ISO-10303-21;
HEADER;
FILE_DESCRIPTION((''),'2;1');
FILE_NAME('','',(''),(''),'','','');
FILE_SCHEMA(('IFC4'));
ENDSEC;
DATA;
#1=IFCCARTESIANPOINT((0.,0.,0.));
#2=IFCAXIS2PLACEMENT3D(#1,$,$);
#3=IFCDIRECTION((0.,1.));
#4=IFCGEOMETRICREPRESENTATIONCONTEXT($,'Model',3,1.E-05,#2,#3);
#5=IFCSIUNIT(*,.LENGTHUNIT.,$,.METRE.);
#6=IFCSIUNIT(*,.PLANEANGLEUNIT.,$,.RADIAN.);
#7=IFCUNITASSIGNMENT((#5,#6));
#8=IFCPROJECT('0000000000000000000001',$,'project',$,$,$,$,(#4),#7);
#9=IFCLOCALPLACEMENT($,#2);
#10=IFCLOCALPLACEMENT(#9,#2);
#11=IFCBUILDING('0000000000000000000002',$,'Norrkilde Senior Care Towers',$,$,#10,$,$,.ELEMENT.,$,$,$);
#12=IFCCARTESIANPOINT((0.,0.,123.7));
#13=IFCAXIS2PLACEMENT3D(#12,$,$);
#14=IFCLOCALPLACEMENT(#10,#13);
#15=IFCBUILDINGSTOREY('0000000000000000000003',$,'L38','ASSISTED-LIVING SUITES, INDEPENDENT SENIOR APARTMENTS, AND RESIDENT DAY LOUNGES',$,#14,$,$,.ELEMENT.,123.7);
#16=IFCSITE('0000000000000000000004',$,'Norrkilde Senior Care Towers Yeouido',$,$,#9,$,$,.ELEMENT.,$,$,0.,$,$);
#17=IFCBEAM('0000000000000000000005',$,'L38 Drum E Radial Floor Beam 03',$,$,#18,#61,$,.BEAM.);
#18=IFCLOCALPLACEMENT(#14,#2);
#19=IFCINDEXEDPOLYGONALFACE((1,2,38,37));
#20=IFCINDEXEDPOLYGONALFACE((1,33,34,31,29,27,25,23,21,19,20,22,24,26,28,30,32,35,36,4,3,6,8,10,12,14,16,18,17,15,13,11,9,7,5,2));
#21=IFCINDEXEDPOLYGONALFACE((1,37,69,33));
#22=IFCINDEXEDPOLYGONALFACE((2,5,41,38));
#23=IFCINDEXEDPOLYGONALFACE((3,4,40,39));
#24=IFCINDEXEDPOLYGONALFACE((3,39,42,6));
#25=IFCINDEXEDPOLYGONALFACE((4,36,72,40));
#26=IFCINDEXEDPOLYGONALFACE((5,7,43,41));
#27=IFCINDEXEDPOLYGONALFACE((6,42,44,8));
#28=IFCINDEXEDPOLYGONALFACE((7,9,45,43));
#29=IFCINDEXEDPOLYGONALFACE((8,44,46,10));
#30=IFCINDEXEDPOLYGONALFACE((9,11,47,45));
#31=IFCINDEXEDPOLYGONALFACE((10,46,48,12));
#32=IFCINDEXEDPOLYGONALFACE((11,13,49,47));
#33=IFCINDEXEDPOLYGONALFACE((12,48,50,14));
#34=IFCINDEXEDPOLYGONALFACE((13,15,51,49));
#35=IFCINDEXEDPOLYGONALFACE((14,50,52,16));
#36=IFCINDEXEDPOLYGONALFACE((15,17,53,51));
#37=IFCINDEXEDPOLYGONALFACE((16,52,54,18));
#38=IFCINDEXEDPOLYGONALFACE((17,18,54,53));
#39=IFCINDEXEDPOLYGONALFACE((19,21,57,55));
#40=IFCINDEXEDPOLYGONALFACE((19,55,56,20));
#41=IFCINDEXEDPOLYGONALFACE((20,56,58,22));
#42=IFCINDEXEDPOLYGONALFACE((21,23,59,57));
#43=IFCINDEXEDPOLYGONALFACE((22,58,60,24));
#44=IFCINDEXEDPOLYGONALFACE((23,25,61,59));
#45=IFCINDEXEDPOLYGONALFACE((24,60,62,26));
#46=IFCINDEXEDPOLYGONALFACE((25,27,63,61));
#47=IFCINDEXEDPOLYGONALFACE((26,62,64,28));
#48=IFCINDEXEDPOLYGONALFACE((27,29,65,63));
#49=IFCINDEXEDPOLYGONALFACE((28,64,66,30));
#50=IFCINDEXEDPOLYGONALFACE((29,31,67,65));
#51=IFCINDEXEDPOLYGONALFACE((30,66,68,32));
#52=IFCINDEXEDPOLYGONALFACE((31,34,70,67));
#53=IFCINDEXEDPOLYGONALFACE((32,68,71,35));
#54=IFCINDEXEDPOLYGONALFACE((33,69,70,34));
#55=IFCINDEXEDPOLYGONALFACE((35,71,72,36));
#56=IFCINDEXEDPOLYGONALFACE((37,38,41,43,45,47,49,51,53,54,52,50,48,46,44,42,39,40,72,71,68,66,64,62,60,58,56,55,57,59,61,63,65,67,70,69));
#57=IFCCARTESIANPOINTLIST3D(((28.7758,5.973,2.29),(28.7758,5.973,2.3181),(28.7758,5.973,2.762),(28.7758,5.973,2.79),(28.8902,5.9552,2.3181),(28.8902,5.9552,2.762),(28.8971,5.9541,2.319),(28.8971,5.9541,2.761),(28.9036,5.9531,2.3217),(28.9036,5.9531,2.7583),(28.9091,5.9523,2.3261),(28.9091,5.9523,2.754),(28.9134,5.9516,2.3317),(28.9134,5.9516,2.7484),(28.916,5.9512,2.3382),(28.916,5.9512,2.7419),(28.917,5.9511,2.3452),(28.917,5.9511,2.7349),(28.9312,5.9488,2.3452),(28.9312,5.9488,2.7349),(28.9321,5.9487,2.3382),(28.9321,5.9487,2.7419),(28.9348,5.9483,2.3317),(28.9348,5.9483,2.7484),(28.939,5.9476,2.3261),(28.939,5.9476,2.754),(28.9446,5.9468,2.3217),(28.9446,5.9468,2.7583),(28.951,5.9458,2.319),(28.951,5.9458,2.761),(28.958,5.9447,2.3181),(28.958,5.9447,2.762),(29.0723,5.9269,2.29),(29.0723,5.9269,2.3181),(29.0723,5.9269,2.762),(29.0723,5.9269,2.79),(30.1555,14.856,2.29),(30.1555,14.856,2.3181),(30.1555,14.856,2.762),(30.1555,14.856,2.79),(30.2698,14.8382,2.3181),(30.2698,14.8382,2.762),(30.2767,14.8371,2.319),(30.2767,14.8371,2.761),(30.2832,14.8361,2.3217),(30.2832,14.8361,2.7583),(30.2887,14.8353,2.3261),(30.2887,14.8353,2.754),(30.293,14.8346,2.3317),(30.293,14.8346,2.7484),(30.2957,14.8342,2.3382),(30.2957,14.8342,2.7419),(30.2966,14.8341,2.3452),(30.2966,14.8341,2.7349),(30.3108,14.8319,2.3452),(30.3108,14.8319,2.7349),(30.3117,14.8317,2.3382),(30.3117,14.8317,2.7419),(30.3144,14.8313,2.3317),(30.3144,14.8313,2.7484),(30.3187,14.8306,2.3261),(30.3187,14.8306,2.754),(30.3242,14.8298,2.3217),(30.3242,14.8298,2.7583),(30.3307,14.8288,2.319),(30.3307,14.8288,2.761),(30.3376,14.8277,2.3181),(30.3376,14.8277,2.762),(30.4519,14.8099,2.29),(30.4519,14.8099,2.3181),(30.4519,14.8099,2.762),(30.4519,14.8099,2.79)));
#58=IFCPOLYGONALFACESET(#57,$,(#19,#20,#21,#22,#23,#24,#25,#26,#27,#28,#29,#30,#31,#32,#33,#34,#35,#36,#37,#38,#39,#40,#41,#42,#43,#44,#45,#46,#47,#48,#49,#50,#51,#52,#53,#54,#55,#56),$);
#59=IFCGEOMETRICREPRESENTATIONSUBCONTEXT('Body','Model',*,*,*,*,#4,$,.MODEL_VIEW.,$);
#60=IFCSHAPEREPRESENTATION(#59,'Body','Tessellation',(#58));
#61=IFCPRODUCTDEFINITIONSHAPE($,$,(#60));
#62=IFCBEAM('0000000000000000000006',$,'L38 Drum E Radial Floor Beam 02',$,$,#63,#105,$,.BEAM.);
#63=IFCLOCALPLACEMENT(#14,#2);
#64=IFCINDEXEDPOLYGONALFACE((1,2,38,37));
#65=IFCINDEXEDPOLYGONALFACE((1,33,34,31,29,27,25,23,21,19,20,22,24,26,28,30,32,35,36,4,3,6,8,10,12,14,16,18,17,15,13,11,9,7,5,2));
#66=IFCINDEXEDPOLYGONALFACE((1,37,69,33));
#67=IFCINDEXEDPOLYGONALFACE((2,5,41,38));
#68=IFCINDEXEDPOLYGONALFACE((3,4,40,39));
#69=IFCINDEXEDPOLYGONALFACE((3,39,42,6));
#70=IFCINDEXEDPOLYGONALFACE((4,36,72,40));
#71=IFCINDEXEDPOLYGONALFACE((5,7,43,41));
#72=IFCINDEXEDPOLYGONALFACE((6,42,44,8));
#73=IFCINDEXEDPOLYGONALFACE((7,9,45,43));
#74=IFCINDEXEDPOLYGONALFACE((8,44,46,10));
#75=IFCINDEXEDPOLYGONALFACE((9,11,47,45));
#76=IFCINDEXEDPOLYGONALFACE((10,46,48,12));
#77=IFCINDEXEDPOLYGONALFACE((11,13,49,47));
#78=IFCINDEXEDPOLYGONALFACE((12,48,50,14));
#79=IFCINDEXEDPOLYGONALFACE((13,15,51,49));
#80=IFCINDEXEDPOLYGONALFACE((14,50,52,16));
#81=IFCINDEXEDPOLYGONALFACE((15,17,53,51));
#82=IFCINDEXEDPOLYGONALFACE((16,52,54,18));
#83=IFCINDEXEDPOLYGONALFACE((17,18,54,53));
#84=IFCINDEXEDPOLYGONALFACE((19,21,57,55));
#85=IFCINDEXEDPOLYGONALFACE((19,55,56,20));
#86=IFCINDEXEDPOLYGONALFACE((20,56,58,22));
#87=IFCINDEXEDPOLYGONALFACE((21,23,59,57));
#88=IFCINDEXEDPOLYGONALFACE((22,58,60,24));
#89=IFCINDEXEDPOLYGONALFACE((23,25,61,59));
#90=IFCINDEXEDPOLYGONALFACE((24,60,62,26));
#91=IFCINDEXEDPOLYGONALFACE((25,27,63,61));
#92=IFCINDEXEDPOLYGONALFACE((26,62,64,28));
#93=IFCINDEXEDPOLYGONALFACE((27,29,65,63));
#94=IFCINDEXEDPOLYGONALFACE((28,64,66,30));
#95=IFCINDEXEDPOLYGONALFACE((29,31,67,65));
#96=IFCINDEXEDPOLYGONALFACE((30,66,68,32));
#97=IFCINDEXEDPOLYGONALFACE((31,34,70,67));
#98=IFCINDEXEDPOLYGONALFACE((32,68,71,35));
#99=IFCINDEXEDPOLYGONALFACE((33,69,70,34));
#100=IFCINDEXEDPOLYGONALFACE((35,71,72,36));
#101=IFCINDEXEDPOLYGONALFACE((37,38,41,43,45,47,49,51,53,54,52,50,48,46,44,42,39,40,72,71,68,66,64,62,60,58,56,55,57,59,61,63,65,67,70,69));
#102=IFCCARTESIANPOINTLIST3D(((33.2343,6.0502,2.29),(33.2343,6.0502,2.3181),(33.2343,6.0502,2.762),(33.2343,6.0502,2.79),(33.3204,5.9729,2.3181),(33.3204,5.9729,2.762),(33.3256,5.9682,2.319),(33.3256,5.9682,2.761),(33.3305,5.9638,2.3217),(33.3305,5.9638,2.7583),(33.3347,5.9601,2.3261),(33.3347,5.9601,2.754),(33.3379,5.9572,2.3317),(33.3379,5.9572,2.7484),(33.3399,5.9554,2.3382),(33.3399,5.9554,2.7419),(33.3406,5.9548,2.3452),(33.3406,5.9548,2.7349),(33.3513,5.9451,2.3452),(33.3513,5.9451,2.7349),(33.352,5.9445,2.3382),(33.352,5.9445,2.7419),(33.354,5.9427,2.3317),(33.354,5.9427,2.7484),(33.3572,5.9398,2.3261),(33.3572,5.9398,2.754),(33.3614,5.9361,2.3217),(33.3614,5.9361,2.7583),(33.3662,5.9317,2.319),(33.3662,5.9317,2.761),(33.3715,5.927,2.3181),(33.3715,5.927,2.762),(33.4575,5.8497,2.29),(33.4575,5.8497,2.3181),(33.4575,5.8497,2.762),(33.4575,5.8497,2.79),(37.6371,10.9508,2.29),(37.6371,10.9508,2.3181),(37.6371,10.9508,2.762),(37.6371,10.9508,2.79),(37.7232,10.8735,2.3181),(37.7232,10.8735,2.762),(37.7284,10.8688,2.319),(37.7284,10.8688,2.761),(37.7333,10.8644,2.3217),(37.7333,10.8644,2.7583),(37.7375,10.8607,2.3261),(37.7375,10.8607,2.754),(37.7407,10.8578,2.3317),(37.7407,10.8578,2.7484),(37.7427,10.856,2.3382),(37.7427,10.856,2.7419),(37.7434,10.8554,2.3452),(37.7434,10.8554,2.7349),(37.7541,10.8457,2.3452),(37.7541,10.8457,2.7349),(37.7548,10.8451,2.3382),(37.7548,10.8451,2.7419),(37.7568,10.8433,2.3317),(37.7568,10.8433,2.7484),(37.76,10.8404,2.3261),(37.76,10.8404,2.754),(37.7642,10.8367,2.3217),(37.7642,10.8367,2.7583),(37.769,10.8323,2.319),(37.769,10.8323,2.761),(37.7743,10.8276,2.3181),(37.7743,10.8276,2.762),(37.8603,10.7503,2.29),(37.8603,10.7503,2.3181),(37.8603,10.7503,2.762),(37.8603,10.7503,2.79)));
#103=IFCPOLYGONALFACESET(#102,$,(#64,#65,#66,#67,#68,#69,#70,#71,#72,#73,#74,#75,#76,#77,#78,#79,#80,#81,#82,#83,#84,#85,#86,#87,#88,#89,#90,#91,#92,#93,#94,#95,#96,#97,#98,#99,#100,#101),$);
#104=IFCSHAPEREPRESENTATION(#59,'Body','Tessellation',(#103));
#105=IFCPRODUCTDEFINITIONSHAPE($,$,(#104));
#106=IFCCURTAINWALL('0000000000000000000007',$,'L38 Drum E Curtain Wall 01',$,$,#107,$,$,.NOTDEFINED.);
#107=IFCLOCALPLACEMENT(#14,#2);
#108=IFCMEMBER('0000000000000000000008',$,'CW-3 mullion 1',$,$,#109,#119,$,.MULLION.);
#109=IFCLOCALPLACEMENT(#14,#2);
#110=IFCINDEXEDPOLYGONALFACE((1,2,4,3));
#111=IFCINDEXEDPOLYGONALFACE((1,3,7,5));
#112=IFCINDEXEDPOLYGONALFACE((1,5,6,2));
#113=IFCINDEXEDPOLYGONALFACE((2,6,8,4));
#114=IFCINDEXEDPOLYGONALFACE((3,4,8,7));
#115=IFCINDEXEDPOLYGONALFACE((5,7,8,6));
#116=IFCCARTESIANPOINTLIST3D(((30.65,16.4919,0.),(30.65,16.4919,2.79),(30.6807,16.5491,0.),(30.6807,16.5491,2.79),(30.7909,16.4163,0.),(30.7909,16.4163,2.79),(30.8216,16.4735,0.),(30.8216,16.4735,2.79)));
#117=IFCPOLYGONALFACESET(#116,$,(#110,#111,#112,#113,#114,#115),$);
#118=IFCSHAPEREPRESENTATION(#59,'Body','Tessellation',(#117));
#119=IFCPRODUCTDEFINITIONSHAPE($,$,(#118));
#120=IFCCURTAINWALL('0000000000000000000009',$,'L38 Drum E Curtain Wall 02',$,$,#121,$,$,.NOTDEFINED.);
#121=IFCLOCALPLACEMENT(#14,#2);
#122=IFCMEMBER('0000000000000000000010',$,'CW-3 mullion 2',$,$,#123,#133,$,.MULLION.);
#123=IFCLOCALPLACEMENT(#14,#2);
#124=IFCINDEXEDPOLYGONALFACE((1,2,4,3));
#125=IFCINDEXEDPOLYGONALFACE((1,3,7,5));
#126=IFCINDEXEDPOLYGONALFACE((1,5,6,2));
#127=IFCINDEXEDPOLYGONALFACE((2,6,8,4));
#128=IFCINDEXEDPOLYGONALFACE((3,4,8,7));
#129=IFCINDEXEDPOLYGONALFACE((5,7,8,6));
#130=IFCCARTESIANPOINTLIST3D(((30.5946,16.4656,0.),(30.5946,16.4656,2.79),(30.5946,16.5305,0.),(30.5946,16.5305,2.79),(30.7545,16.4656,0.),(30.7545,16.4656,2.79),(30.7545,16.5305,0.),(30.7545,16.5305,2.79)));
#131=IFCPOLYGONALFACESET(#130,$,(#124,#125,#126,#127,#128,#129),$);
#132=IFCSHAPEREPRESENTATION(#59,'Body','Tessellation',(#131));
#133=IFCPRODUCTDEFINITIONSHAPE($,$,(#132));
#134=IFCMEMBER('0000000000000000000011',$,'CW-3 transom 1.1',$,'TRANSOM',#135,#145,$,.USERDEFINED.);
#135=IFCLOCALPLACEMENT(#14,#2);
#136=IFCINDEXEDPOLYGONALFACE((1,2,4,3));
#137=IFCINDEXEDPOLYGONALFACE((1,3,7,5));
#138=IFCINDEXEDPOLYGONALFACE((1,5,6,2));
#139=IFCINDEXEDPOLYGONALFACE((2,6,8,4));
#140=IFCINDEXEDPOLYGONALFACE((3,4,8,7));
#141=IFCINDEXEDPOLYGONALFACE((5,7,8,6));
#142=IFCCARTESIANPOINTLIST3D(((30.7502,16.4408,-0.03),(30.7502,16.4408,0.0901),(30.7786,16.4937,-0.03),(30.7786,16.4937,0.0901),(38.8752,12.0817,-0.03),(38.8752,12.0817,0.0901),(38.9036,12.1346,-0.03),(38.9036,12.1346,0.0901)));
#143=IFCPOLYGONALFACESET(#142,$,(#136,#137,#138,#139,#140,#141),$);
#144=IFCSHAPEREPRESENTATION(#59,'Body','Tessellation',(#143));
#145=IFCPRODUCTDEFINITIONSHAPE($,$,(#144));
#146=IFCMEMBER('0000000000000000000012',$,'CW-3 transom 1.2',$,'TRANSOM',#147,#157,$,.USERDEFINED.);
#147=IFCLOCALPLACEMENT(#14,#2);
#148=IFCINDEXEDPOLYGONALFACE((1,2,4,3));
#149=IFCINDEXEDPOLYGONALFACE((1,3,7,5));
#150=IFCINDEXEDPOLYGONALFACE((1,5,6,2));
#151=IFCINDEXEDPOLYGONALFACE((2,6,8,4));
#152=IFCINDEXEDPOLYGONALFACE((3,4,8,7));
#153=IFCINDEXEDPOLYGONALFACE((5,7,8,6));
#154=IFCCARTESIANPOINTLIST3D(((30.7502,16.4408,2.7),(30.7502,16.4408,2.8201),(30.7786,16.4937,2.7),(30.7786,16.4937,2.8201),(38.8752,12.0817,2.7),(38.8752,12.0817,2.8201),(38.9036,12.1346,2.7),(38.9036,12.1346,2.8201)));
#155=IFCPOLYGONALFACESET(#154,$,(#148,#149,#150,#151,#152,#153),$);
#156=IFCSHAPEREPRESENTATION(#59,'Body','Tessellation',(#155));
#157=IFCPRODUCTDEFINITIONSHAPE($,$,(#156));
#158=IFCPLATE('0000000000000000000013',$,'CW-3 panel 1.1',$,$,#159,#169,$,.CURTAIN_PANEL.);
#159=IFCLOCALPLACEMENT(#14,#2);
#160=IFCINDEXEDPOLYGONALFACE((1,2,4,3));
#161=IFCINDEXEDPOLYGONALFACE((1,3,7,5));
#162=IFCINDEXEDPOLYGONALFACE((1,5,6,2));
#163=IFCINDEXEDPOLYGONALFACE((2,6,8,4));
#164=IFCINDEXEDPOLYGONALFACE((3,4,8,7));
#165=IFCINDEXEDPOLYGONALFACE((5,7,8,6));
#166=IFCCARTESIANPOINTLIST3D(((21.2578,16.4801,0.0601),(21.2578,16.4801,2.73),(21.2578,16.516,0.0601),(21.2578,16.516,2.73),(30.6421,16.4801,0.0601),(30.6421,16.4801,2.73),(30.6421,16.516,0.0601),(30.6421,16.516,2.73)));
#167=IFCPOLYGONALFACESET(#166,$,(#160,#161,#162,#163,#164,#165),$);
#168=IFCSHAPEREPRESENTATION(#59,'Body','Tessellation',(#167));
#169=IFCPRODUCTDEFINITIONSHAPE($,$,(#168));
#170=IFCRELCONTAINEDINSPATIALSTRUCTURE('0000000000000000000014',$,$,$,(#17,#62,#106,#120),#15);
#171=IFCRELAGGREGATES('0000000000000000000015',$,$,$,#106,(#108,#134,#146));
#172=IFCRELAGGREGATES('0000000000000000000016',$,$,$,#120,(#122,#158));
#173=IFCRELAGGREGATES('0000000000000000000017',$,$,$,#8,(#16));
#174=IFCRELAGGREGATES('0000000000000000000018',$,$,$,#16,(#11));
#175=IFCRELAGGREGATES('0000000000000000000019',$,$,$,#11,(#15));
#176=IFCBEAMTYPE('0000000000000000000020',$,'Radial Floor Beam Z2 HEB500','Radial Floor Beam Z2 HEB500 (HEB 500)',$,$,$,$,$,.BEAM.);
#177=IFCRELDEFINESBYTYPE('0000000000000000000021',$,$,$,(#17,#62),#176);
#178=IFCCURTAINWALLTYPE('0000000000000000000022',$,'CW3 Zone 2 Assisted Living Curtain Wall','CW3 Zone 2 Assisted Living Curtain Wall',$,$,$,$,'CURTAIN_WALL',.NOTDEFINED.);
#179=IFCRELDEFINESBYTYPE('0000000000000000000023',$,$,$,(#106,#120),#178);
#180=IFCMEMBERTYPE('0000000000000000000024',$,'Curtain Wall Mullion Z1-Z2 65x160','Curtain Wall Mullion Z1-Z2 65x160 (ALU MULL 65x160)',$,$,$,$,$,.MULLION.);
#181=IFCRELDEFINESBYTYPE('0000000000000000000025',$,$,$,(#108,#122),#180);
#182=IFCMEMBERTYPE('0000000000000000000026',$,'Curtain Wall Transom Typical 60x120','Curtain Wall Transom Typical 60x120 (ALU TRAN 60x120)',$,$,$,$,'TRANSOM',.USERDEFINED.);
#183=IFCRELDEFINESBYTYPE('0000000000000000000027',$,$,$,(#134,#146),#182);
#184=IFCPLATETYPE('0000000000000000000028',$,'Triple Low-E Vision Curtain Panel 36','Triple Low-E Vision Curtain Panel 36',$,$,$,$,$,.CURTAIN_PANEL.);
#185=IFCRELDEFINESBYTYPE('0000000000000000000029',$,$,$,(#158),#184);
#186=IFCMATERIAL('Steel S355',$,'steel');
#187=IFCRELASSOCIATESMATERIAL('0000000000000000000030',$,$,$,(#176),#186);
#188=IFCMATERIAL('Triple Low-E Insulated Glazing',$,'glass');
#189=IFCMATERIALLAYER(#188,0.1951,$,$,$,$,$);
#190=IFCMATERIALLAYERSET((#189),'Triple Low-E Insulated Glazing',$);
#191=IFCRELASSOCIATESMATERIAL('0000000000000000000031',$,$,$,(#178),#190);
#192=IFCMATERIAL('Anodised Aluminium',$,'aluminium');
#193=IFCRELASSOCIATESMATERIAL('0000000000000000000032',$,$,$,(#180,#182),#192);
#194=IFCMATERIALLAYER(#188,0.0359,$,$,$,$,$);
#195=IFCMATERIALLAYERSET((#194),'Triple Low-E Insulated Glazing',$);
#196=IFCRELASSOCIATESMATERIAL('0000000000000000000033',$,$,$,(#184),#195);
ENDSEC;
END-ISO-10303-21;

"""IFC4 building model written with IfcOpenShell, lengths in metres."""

from ifc_helpers import new_model, si_unit, direction, frame, origin, origin_2d, place, context, subcontext, project, spatial, rectangle, i_section, extrude, source, transform, mapped, material, layer, layer_set, material_profile, profile_set, type_object, type_shapes, element, aggregate, save


model = new_model("IFC4")

# Units and contexts
model_context = context("Model", 3, precision=1e-05, world=origin(), true_north=direction((0.0, 1.0)))
body_context = subcontext(model_context, "Body", "Model", "MODEL_VIEW")
ifc_project = project(units=[si_unit("LENGTHUNIT", "METRE"), si_unit("PLANEANGLEUNIT", "RADIAN")], contexts=[model_context])

# Site, building, storey
site_placement = place(None, origin())
site = spatial("IfcSite", under=ifc_project, at=site_placement, Name="Norrkilde Senior Care Towers Yeouido", CompositionType="ELEMENT", RefElevation=0.0)
building_placement = place(site_placement, origin())
building = spatial("IfcBuilding", under=site, at=building_placement, Name="Norrkilde Senior Care Towers", CompositionType="ELEMENT")
storey_placement = place(building_placement, frame((0.0, 0.0, 123.7)))
storey = spatial("IfcBuildingStorey", under=building, at=storey_placement, Name="L38", Description="ASSISTED-LIVING SUITES, INDEPENDENT SENIOR APARTMENTS, AND RESIDENT DAY LOUNGES", CompositionType="ELEMENT", Elevation=123.7)

# Beams
ifc_material_1 = material(Name="Steel S355", Category="steel")
ifc_material_profile_1 = material_profile(ifc_material_1, i_section(OverallWidth=0.3, OverallDepth=0.5, WebThickness=0.0144, FlangeThickness=0.0281, FilletRadius=0.0271, at=origin_2d()), Name="HEB 500")
ifc_profile_set_1 = profile_set([ifc_material_profile_1], Name="Steel S355")
beam_type_1 = type_object("IfcBeamType", Name="Radial Floor Beam Z2 HEB500", Description="Radial Floor Beam Z2 HEB500 (HEB 500)", PredefinedType="BEAM", material=ifc_profile_set_1)
shared_shape_1 = source(origin(), body_context, "Body", "SweptSolid", [
    extrude(i_section(OverallWidth=0.3, OverallDepth=0.5, WebThickness=0.0144, FlangeThickness=0.0281, FilletRadius=0.0271, at=origin_2d()), origin(), (0.0, 0.0, 1.0), 8.9895),
])
beam_1_placement = place(storey_placement, frame((28.9241, 5.95, 2.54), z_axis=(0.153471, 0.988153, 0.0), x_axis=(-0.988153, 0.153471, 0.0)))
element("IfcBeam", 1, at=beam_1_placement, inside=storey, type_object=beam_type_1, Name="L38 Drum E Radial Floor Beam 03", PredefinedType="BEAM", context=body_context, shape_type="MappedRepresentation", body=[
    mapped(shared_shape_1, transform((0.0, 0.0, 0.0), x_axis=(1.0, 0.0, 0.0), y_axis=(0.0, 1.0, 0.0), z_axis=(0.0, 0.0, 1.0), scale=1.0)),
])
shared_shape_2 = source(origin(), body_context, "Body", "SweptSolid", [
    extrude(i_section(OverallWidth=0.3, OverallDepth=0.5, WebThickness=0.0144, FlangeThickness=0.0281, FilletRadius=0.0271, at=origin_2d()), origin(), (0.0, 0.0, 1.0), 6.5879),
])
beam_2_placement = place(storey_placement, frame((33.3459, 5.95, 2.54), z_axis=(0.668315, 0.743878, 0.0), x_axis=(-0.743878, 0.668315, 0.0)))
element("IfcBeam", 2, at=beam_2_placement, inside=storey, type_object=beam_type_1, Name="L38 Drum E Radial Floor Beam 02", PredefinedType="BEAM", context=body_context, shape_type="MappedRepresentation", body=[
    mapped(shared_shape_2, transform((0.0, 0.0, 0.0), x_axis=(1.0, 0.0, 0.0), y_axis=(0.0, 1.0, 0.0), z_axis=(0.0, 0.0, 1.0), scale=1.0)),
])

# Curtain walls, members
ifc_material_2 = material(Name="Triple Low-E Insulated Glazing", Category="glass")
ifc_layer_1 = layer(ifc_material_2, 0.1951)
ifc_layer_set_1 = layer_set([ifc_layer_1], Name="Triple Low-E Insulated Glazing")
curtain_wall_type = type_object("IfcCurtainWallType", Name="CW3 Zone 2 Assisted Living Curtain Wall", Description="CW3 Zone 2 Assisted Living Curtain Wall", ElementType="CURTAIN_WALL", PredefinedType="NOTDEFINED", material=ifc_layer_set_1)
curtain_wall_1_placement = place(storey_placement, origin())
curtain_wall_1 = element("IfcCurtainWall", 3, at=curtain_wall_1_placement, inside=storey, type_object=curtain_wall_type, Name="L38 Drum E Curtain Wall 01", PredefinedType="NOTDEFINED")
ifc_material_3 = material(Name="Anodised Aluminium", Category="aluminium")
ifc_material_profile_2 = material_profile(ifc_material_3, rectangle(XDim=0.0649, YDim=0.1599, at=origin_2d()), Name="ALU MULL 65x160")
ifc_profile_set_2 = profile_set([ifc_material_profile_2], Name="Anodised Aluminium")
member_type_1 = type_object("IfcMemberType", Name="Curtain Wall Mullion Z1-Z2 65x160", Description="Curtain Wall Mullion Z1-Z2 65x160 (ALU MULL 65x160)", PredefinedType="MULLION", material=ifc_profile_set_2)
shared_shape_3 = source(origin(), body_context, "Body", "SweptSolid", [
    extrude(rectangle(XDim=0.0649, YDim=0.1599, at=origin_2d()), origin(), (0.0, 0.0, 1.0), 2.79),
])
type_shapes(member_type_1, [shared_shape_3])
member_1_placement = place(storey_placement, frame((30.7358, 16.4827, 0.0), z_axis=(0.0, 0.0, 1.0), x_axis=(0.472769, 0.881186, 0.0)))
member_1 = element("IfcMember", 4, at=member_1_placement, type_object=member_type_1, Name="CW-3 mullion 1", PredefinedType="MULLION", context=body_context, shape_type="MappedRepresentation", body=[
    mapped(shared_shape_3, transform((0.0, 0.0, 0.0), x_axis=(1.0, 0.0, 0.0), y_axis=(0.0, 1.0, 0.0), z_axis=(0.0, 0.0, 1.0), scale=1.0)),
])
curtain_wall_2_placement = place(storey_placement, origin())
curtain_wall_2 = element("IfcCurtainWall", 5, at=curtain_wall_2_placement, inside=storey, type_object=curtain_wall_type, Name="L38 Drum E Curtain Wall 02", PredefinedType="NOTDEFINED")
member_2_placement = place(storey_placement, frame((30.6746, 16.498, 0.0), z_axis=(0.0, 0.0, 1.0), x_axis=(0.0, 1.0, 0.0)))
member_2 = element("IfcMember", 6, at=member_2_placement, type_object=member_type_1, Name="CW-3 mullion 2", PredefinedType="MULLION", context=body_context, shape_type="MappedRepresentation", body=[
    mapped(shared_shape_3, transform((0.0, 0.0, 0.0), x_axis=(1.0, 0.0, 0.0), y_axis=(0.0, 1.0, 0.0), z_axis=(0.0, 0.0, 1.0), scale=1.0)),
])

# Members
ifc_material_profile_3 = material_profile(ifc_material_3, rectangle(XDim=0.0601, YDim=0.1201, at=origin_2d()), Name="ALU TRAN 60x120")
ifc_profile_set_3 = profile_set([ifc_material_profile_3], Name="Anodised Aluminium")
member_type_2 = type_object("IfcMemberType", Name="Curtain Wall Transom Typical 60x120", Description="Curtain Wall Transom Typical 60x120 (ALU TRAN 60x120)", ElementType="TRANSOM", PredefinedType="USERDEFINED", material=ifc_profile_set_3)
shared_shape_4 = source(origin(), body_context, "Body", "SweptSolid", [
    extrude(rectangle(XDim=0.0601, YDim=0.1201, at=origin_2d()), origin(), (0.0, 0.0, 1.0), 9.2205),
])
type_shapes(member_type_2, [shared_shape_4])
member_3_placement = place(storey_placement, frame((30.7644, 16.4673, 0.03), z_axis=(0.881189, -0.472765, 0.0), x_axis=(0.472765, 0.881189, 0.0)))
member_3 = element("IfcMember", 7, at=member_3_placement, type_object=member_type_2, Name="CW-3 transom 1.1", ObjectType="TRANSOM", PredefinedType="USERDEFINED", context=body_context, shape_type="MappedRepresentation", body=[
    mapped(shared_shape_4, transform((0.0, 0.0, 0.0), x_axis=(1.0, 0.0, 0.0), y_axis=(0.0, 1.0, 0.0), z_axis=(0.0, 0.0, 1.0), scale=1.0)),
])
member_4_placement = place(storey_placement, frame((30.7644, 16.4673, 2.76), z_axis=(0.881189, -0.472765, 0.0), x_axis=(0.472765, 0.881189, 0.0)))
member_4 = element("IfcMember", 8, at=member_4_placement, type_object=member_type_2, Name="CW-3 transom 1.2", ObjectType="TRANSOM", PredefinedType="USERDEFINED", context=body_context, shape_type="MappedRepresentation", body=[
    mapped(shared_shape_4, transform((0.0, 0.0, 0.0), x_axis=(1.0, 0.0, 0.0), y_axis=(0.0, 1.0, 0.0), z_axis=(0.0, 0.0, 1.0), scale=1.0)),
])
aggregate(curtain_wall_1, [member_1, member_3, member_4])

# Plate
ifc_layer_2 = layer(ifc_material_2, 0.0359)
ifc_layer_set_2 = layer_set([ifc_layer_2], Name="Triple Low-E Insulated Glazing")
plate_type = type_object("IfcPlateType", Name="Triple Low-E Vision Curtain Panel 36", Description="Triple Low-E Vision Curtain Panel 36", PredefinedType="CURTAIN_PANEL", material=ifc_layer_set_2)
shared_shape_5 = source(origin(), body_context, "Body", "SweptSolid", [
    extrude(rectangle(XDim=9.3843, YDim=0.0359, at=origin_2d()), origin(), (0.0, 0.0, 1.0), 2.6699),
])
type_shapes(plate_type, [shared_shape_5])
plate_placement = place(storey_placement, frame((25.95, 16.498, 0.0601), z_axis=(0.0, 0.0, 1.0), x_axis=(1.0, 0.0, 0.0)))
plate = element("IfcPlate", 9, at=plate_placement, type_object=plate_type, Name="CW-3 panel 1.1", PredefinedType="CURTAIN_PANEL", context=body_context, shape_type="MappedRepresentation", body=[
    mapped(shared_shape_5, transform((0.0, 0.0, 0.0), x_axis=(1.0, 0.0, 0.0), y_axis=(0.0, 1.0, 0.0), z_axis=(0.0, 0.0, 1.0), scale=1.0)),
])
aggregate(curtain_wall_2, [member_2, plate])

save(model, "model.ifc")
